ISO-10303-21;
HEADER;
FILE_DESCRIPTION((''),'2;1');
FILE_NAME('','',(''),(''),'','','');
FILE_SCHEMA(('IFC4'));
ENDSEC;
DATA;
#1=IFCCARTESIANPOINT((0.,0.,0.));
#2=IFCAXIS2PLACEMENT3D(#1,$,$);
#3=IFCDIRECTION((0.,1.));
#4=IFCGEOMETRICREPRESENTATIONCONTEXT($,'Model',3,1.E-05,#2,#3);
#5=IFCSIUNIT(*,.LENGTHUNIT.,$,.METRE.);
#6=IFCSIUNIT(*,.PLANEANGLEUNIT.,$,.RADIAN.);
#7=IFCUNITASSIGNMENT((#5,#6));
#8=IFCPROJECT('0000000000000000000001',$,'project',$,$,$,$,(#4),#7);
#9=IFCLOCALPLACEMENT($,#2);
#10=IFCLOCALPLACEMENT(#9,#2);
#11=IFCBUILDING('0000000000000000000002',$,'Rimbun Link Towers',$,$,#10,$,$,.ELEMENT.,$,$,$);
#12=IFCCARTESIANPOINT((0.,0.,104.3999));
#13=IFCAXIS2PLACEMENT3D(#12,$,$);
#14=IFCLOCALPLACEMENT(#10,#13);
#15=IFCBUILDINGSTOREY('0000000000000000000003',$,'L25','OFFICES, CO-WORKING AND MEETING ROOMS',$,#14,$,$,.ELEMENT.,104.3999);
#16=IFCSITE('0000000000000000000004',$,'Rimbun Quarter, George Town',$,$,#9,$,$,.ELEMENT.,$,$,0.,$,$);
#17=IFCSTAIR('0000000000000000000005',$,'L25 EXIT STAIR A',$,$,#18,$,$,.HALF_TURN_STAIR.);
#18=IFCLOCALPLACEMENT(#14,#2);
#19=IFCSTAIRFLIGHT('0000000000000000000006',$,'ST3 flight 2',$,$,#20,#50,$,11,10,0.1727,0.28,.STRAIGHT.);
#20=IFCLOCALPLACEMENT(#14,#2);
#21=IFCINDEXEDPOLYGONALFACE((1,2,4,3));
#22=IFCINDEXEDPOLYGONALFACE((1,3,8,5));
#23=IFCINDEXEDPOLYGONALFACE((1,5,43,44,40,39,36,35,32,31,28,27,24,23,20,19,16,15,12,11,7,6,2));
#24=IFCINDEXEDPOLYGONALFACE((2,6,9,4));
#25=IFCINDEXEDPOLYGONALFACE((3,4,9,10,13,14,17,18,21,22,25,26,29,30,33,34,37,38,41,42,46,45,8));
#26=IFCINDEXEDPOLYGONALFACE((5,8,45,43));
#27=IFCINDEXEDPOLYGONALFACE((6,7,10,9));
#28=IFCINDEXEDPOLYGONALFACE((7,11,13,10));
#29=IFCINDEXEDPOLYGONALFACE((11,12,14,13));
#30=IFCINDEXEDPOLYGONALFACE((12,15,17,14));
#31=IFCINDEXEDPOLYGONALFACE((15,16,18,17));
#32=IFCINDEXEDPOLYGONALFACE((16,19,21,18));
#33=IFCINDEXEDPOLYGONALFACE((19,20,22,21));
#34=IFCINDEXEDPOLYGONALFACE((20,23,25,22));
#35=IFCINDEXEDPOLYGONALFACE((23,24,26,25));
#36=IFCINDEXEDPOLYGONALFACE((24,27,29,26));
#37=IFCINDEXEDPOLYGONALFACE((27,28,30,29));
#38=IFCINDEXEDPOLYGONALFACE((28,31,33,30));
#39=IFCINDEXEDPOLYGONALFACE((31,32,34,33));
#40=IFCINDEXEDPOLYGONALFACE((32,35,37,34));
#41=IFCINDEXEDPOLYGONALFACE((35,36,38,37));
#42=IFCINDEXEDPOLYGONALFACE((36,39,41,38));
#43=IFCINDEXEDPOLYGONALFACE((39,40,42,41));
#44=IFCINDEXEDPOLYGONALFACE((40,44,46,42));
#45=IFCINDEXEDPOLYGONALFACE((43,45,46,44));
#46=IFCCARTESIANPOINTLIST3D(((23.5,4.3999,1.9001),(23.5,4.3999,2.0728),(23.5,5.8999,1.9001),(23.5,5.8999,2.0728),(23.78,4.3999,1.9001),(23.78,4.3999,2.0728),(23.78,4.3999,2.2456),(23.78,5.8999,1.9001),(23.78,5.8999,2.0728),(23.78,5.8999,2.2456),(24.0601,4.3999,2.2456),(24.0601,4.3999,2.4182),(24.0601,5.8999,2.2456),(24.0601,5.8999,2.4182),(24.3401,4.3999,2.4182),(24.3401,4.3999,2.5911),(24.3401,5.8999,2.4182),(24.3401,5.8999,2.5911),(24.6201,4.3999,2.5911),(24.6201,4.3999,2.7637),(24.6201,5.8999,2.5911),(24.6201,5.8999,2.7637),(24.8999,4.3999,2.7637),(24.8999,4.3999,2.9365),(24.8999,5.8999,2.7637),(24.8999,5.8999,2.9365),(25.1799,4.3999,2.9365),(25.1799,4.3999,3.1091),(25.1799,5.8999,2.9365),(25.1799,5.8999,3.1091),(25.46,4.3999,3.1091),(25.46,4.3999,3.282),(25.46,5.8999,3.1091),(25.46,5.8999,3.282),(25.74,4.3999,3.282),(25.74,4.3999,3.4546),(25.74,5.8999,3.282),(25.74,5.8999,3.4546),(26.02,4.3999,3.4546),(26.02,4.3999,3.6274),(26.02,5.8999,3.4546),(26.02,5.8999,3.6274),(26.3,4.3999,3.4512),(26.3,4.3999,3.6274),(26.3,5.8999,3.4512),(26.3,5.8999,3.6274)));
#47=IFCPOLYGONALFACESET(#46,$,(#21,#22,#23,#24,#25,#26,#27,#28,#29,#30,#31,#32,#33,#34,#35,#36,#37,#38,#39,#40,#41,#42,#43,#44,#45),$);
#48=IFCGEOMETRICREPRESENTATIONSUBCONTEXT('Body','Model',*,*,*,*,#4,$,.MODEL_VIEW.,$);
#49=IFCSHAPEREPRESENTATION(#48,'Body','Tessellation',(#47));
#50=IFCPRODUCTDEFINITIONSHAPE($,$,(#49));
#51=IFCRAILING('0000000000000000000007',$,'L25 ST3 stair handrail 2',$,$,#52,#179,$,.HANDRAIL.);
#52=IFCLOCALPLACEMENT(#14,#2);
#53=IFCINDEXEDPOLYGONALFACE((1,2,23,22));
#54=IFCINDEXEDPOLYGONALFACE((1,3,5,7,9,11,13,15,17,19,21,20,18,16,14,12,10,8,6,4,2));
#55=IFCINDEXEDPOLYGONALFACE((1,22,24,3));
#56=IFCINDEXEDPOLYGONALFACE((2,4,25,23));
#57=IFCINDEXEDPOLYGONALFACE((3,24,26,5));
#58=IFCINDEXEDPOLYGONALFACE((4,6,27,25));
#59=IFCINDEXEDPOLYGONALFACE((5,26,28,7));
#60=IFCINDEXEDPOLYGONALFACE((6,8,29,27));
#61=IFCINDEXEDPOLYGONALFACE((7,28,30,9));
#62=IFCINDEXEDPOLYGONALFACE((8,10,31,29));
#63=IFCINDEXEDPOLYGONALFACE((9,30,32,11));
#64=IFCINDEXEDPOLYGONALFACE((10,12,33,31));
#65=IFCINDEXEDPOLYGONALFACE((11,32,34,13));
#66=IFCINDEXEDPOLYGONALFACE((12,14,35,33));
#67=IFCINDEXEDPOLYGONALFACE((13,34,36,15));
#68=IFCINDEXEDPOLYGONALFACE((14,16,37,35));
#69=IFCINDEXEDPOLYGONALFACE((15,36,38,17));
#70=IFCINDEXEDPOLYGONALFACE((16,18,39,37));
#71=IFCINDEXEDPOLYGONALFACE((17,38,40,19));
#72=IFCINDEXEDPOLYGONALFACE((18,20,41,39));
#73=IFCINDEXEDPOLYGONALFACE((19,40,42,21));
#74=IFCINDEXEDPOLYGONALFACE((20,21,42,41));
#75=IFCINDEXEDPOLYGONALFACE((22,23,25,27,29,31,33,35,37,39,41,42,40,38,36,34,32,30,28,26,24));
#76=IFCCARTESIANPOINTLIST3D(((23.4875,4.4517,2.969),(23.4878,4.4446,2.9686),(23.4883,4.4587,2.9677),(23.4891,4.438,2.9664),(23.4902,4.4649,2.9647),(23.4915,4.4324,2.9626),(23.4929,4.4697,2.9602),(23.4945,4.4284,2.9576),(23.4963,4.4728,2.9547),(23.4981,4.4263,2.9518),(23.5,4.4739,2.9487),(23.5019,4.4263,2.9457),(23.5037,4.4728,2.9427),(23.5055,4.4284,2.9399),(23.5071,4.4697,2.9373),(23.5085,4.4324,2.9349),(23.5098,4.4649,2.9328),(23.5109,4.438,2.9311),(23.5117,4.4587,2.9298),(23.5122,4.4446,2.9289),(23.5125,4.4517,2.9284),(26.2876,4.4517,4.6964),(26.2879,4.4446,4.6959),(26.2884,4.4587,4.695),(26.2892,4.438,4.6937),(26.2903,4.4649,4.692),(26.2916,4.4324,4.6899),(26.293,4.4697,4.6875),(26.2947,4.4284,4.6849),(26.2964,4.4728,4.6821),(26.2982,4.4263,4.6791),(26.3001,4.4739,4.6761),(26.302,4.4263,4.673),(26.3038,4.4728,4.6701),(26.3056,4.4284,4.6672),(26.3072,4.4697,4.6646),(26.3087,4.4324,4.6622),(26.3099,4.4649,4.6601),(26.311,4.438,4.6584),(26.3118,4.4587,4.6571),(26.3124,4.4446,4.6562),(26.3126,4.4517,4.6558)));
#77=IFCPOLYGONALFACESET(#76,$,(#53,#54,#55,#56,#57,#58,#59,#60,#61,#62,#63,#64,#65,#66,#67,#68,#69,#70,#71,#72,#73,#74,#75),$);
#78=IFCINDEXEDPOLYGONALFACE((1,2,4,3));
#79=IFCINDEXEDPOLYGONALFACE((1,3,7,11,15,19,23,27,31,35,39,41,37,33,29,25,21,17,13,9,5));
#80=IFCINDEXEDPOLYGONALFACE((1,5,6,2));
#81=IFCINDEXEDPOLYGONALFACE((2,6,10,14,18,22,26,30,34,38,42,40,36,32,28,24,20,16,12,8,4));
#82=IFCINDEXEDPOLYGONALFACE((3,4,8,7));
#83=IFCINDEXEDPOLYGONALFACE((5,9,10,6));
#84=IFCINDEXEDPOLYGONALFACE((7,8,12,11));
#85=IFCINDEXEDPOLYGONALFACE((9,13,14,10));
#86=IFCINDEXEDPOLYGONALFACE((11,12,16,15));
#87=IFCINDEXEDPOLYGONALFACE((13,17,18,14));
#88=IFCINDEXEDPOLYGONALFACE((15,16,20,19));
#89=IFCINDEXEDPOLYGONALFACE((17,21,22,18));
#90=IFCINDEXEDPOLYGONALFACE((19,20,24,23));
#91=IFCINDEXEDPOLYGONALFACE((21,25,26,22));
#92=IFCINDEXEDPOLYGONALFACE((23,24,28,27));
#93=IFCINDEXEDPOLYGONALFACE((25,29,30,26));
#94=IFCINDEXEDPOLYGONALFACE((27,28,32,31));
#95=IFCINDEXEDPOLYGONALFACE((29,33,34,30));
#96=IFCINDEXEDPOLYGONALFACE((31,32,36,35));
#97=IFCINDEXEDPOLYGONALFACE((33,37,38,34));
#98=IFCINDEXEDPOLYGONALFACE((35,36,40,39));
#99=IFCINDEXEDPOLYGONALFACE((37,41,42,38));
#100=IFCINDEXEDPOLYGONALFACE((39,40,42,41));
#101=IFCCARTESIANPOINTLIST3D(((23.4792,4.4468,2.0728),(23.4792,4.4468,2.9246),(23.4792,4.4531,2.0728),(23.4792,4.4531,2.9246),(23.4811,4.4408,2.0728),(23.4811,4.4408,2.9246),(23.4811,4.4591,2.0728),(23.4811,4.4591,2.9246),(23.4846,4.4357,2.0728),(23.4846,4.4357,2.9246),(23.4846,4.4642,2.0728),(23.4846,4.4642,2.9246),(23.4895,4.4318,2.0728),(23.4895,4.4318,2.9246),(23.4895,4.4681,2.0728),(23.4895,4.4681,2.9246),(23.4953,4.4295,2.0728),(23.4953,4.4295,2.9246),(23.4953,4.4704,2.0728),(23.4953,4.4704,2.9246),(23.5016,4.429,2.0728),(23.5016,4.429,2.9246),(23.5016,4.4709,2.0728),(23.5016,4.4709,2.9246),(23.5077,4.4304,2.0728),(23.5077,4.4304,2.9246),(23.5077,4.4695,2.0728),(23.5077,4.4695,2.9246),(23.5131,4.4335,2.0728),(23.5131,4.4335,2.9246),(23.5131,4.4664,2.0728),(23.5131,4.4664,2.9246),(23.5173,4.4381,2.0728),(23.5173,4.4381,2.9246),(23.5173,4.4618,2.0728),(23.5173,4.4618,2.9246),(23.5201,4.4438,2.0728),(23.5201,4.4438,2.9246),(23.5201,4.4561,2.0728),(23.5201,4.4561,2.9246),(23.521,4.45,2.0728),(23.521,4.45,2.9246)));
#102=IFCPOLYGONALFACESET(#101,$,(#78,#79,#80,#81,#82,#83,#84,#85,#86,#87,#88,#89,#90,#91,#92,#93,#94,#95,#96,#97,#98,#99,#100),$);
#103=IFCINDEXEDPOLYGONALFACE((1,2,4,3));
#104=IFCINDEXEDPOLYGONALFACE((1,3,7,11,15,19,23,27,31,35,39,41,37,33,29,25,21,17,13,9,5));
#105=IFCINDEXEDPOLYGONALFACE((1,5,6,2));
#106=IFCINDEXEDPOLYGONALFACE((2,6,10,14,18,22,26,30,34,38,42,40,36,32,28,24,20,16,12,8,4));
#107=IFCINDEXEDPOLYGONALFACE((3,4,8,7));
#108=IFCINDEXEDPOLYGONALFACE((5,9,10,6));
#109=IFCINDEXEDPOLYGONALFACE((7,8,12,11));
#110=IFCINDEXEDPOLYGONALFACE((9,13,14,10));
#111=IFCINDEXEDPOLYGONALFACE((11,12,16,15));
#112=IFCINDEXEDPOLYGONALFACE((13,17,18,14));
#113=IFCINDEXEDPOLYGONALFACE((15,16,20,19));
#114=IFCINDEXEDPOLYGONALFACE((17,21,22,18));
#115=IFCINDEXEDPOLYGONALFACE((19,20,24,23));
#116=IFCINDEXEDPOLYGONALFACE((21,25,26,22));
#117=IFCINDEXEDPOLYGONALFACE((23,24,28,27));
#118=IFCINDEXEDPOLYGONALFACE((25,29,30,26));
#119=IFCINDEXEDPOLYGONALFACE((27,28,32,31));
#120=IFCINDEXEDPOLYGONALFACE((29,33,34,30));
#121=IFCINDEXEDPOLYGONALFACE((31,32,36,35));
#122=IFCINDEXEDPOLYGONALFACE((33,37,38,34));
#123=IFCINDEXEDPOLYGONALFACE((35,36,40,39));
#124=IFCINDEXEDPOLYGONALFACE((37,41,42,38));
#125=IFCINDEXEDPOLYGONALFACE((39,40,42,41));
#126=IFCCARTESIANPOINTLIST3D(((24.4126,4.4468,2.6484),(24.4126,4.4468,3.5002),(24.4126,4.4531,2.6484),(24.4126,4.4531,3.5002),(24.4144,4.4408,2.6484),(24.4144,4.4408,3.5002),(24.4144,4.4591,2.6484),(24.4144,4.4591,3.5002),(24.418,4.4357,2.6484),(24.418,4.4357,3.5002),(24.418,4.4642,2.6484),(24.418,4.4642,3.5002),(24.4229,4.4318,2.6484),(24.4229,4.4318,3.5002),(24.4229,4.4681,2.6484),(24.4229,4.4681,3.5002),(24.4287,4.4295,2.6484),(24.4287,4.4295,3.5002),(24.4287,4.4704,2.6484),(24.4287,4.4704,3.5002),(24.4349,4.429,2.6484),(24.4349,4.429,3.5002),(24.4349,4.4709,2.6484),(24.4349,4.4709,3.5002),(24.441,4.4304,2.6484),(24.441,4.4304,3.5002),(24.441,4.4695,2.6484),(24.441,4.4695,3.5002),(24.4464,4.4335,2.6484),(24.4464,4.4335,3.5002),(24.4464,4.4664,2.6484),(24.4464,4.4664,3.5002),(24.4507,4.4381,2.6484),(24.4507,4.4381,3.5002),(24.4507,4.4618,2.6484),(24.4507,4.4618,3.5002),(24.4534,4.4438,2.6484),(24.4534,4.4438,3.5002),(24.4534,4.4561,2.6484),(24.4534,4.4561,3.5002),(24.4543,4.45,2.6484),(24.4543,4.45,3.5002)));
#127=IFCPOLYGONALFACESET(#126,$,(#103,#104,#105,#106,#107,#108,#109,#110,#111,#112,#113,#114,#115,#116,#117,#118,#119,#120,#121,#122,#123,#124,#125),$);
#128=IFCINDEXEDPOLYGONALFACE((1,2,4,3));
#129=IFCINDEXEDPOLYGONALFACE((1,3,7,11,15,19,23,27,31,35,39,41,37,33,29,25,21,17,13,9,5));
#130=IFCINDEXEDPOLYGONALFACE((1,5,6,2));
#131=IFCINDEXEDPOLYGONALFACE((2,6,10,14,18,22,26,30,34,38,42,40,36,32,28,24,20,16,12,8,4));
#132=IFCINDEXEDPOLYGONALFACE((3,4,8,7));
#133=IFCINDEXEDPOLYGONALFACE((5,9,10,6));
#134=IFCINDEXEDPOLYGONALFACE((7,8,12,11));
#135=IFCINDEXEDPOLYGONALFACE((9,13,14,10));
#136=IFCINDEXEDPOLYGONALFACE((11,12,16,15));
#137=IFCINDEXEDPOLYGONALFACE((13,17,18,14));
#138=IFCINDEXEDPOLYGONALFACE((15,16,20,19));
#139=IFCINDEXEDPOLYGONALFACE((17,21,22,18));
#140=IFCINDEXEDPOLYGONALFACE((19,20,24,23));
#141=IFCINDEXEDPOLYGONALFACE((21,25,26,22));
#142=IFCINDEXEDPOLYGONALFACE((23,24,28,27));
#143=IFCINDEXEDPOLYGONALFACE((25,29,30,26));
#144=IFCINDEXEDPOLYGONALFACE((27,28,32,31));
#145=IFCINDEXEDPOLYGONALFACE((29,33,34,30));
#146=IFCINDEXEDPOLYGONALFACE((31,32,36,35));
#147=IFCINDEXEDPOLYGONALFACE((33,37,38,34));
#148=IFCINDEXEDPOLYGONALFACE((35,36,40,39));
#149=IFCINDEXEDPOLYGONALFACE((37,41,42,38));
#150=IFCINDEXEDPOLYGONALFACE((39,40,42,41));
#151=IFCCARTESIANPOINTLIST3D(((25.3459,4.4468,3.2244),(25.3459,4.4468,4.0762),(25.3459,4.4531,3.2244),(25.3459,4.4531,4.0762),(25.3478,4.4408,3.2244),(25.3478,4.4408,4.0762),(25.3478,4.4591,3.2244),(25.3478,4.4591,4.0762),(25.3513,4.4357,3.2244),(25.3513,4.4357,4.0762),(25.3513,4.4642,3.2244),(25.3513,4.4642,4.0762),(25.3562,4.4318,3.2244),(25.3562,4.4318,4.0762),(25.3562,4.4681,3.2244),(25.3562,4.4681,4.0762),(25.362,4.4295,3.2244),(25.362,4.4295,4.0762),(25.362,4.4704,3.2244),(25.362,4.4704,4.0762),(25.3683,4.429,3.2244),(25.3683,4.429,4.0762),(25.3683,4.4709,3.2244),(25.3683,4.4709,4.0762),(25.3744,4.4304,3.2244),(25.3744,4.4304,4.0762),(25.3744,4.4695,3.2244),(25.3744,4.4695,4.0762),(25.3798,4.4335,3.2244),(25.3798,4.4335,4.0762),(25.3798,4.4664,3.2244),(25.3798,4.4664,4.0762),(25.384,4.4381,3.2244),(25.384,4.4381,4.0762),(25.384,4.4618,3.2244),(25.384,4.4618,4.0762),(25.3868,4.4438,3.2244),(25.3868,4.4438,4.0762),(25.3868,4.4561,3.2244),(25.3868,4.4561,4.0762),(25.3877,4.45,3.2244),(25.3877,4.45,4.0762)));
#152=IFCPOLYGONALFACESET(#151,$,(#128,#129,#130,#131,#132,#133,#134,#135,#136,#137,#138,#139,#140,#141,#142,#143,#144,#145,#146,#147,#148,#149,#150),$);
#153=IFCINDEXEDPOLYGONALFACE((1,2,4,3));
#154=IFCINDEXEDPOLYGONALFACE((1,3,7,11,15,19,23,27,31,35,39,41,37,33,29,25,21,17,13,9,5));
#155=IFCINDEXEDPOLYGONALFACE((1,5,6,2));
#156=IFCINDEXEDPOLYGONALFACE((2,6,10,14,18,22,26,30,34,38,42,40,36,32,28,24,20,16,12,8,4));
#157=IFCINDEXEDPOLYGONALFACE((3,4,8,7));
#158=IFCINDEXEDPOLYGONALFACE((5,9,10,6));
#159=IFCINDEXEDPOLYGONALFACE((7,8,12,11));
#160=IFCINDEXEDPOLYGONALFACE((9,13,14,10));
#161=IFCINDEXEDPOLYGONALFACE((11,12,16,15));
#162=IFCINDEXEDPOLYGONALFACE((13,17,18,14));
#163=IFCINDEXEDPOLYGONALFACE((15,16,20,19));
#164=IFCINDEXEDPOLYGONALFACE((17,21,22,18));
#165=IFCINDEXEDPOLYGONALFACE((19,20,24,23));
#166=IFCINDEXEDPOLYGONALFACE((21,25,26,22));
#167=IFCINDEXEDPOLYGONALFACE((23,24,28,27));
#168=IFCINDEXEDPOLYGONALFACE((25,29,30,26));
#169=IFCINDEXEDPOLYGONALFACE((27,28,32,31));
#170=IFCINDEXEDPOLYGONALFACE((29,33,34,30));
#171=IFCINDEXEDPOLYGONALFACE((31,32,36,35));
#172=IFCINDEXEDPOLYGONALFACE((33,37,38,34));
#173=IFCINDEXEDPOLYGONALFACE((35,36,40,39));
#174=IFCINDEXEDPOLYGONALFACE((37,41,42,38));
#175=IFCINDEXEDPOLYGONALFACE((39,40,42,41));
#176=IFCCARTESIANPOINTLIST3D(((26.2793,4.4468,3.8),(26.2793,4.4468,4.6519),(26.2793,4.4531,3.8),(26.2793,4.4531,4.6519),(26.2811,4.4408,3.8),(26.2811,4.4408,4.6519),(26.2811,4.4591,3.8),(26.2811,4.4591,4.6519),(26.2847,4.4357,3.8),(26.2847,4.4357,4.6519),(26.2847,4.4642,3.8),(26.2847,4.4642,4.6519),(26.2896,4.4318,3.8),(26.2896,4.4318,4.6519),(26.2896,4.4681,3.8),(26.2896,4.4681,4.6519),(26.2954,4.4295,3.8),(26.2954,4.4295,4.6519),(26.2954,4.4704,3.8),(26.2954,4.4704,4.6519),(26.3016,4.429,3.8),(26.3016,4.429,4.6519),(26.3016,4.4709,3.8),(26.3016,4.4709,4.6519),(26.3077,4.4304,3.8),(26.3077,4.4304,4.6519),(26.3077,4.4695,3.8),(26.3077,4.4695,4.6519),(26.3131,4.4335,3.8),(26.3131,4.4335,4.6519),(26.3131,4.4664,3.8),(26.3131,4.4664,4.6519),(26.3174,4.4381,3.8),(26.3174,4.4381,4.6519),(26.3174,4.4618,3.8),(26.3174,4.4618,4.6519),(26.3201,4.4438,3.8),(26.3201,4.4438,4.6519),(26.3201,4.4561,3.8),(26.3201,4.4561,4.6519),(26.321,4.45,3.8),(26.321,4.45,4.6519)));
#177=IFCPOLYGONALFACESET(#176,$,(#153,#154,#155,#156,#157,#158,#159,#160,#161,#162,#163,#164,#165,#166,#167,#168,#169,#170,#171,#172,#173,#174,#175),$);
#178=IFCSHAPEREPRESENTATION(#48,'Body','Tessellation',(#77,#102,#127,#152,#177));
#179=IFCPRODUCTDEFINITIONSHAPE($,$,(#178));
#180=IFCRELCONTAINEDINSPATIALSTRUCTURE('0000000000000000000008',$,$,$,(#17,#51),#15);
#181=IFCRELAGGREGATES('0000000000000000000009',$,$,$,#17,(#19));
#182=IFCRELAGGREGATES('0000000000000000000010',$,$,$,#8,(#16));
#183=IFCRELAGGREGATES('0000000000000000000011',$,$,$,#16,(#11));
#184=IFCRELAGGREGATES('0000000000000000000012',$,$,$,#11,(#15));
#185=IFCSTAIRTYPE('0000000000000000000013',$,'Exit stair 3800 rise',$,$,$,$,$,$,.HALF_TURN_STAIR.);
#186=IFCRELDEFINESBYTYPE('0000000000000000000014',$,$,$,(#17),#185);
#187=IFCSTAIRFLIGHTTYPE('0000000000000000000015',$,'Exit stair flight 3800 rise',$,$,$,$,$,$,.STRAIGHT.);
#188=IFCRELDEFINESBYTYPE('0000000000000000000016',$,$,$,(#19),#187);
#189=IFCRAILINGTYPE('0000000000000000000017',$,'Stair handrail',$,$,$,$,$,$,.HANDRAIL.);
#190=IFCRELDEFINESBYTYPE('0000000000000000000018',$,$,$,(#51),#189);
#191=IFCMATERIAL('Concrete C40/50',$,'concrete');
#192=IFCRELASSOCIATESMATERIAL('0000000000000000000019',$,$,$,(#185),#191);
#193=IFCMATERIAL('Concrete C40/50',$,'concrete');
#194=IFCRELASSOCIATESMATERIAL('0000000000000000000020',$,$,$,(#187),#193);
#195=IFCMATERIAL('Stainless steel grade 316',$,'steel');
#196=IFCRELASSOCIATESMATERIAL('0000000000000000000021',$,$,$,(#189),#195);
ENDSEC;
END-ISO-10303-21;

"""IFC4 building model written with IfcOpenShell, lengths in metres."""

from ifc_helpers import new_model, si_unit, direction, frame, origin, origin_2d, place, context, subcontext, project, spatial, polyline, circle, outline, extrude, material, type_object, element, aggregate, save


model = new_model("IFC4")

# Units and contexts
model_context = context("Model", 3, precision=1e-05, world=origin(), true_north=direction((0.0, 1.0)))
body_context = subcontext(model_context, "Body", "Model", "MODEL_VIEW")
ifc_project = project(units=[si_unit("LENGTHUNIT", "METRE"), si_unit("PLANEANGLEUNIT", "RADIAN")], contexts=[model_context])

# Site, building, storey
site_placement = place(None, origin())
site = spatial("IfcSite", under=ifc_project, at=site_placement, Name="Rimbun Quarter, George Town", CompositionType="ELEMENT", RefElevation=0.0)
building_placement = place(site_placement, origin())
building = spatial("IfcBuilding", under=site, at=building_placement, Name="Rimbun Link Towers", CompositionType="ELEMENT")
storey_placement = place(building_placement, frame((0.0, 0.0, 104.3999)))
storey = spatial("IfcBuildingStorey", under=building, at=storey_placement, Name="L25", Description="OFFICES, CO-WORKING AND MEETING ROOMS", CompositionType="ELEMENT", Elevation=104.3999)

# Stair, stair flight
ifc_material_1 = material(Name="Concrete C40/50", Category="concrete")
stair_type = type_object("IfcStairType", Name="Exit stair 3800 rise", PredefinedType="HALF_TURN_STAIR", material=ifc_material_1)
stair_placement = place(storey_placement, origin())
stair = element("IfcStair", 1, at=stair_placement, inside=storey, type_object=stair_type, Name="L25 EXIT STAIR A", PredefinedType="HALF_TURN_STAIR")
ifc_material_2 = material(Name="Concrete C40/50", Category="concrete")
stair_flight_type = type_object("IfcStairFlightType", Name="Exit stair flight 3800 rise", PredefinedType="STRAIGHT", material=ifc_material_2)
stair_flight_placement = place(storey_placement, frame((23.5, 5.1499, 1.9001), z_axis=(0.0, 0.0, 1.0), x_axis=(1.0, 0.0, 0.0)))
stair_flight = element("IfcStairFlight", 2, at=stair_flight_placement, type_object=stair_flight_type, Name="ST3 flight 2", NumberOfRisers=11, NumberOfTreads=10, PredefinedType="STRAIGHT", RiserHeight=0.1727, TreadLength=0.28, context=body_context, shape_type="SweptSolid", body=[
    extrude(outline(polyline([(0.0, 0.0), (0.0, 0.1726), (0.28, 0.1726), (0.28, 0.3455), (0.5601, 0.3455), (0.5601, 0.5181), (0.8401, 0.5181), (0.8401, 0.6909), (1.1201, 0.6909), (1.1201, 0.8635), (1.3999, 0.8635), (1.3999, 1.0364), (1.6799, 1.0364), (1.6799, 1.209), (1.96, 1.209), (1.96, 1.3818), (2.24, 1.3818), (2.24, 1.5544), (2.52, 1.5544), (2.52, 1.7273), (2.8, 1.7273), (2.8, 1.8999), (2.8, 1.551), (0.28, 0.0), (0.0, 0.0)])), frame((0.0, 0.75, 0.0), z_axis=(0.0, -1.0, 0.0), x_axis=(1.0, 0.0, 0.0)), (0.0, 0.0, 1.0), 1.5),
])
aggregate(stair, [stair_flight])

# Railing
ifc_material_3 = material(Name="Stainless steel grade 316", Category="steel")
railing_type = type_object("IfcRailingType", Name="Stair handrail", PredefinedType="HANDRAIL", material=ifc_material_3)
railing_placement = place(storey_placement, frame((23.5, 4.45, 2.0728)))
element("IfcRailing", 3, at=railing_placement, inside=storey, type_object=railing_type, Name="L25 ST3 stair handrail 2", PredefinedType="HANDRAIL", context=body_context, shape_type="SweptSolid", body=[
    extrude(circle(Radius=0.0239, at=origin_2d()), frame((0.0, 0.0, 0.876), z_axis=(0.85109, 0.0, 0.52502), x_axis=(0.0, 1.0, 0.0)), (0.0, 0.0, 1.0), 3.29),
    extrude(circle(Radius=0.021, at=origin_2d()), origin(), (0.0, 0.0, 1.0), 0.8518),
    extrude(circle(Radius=0.021, at=origin_2d()), frame((0.9333, 0.0, 0.5757)), (0.0, 0.0, 1.0), 0.8518),
    extrude(circle(Radius=0.021, at=origin_2d()), frame((1.8667, 0.0, 1.1516)), (0.0, 0.0, 1.0), 0.8518),
    extrude(circle(Radius=0.021, at=origin_2d()), frame((2.8, 0.0, 1.7273)), (0.0, 0.0, 1.0), 0.8518),
])

save(model, "model.ifc")
